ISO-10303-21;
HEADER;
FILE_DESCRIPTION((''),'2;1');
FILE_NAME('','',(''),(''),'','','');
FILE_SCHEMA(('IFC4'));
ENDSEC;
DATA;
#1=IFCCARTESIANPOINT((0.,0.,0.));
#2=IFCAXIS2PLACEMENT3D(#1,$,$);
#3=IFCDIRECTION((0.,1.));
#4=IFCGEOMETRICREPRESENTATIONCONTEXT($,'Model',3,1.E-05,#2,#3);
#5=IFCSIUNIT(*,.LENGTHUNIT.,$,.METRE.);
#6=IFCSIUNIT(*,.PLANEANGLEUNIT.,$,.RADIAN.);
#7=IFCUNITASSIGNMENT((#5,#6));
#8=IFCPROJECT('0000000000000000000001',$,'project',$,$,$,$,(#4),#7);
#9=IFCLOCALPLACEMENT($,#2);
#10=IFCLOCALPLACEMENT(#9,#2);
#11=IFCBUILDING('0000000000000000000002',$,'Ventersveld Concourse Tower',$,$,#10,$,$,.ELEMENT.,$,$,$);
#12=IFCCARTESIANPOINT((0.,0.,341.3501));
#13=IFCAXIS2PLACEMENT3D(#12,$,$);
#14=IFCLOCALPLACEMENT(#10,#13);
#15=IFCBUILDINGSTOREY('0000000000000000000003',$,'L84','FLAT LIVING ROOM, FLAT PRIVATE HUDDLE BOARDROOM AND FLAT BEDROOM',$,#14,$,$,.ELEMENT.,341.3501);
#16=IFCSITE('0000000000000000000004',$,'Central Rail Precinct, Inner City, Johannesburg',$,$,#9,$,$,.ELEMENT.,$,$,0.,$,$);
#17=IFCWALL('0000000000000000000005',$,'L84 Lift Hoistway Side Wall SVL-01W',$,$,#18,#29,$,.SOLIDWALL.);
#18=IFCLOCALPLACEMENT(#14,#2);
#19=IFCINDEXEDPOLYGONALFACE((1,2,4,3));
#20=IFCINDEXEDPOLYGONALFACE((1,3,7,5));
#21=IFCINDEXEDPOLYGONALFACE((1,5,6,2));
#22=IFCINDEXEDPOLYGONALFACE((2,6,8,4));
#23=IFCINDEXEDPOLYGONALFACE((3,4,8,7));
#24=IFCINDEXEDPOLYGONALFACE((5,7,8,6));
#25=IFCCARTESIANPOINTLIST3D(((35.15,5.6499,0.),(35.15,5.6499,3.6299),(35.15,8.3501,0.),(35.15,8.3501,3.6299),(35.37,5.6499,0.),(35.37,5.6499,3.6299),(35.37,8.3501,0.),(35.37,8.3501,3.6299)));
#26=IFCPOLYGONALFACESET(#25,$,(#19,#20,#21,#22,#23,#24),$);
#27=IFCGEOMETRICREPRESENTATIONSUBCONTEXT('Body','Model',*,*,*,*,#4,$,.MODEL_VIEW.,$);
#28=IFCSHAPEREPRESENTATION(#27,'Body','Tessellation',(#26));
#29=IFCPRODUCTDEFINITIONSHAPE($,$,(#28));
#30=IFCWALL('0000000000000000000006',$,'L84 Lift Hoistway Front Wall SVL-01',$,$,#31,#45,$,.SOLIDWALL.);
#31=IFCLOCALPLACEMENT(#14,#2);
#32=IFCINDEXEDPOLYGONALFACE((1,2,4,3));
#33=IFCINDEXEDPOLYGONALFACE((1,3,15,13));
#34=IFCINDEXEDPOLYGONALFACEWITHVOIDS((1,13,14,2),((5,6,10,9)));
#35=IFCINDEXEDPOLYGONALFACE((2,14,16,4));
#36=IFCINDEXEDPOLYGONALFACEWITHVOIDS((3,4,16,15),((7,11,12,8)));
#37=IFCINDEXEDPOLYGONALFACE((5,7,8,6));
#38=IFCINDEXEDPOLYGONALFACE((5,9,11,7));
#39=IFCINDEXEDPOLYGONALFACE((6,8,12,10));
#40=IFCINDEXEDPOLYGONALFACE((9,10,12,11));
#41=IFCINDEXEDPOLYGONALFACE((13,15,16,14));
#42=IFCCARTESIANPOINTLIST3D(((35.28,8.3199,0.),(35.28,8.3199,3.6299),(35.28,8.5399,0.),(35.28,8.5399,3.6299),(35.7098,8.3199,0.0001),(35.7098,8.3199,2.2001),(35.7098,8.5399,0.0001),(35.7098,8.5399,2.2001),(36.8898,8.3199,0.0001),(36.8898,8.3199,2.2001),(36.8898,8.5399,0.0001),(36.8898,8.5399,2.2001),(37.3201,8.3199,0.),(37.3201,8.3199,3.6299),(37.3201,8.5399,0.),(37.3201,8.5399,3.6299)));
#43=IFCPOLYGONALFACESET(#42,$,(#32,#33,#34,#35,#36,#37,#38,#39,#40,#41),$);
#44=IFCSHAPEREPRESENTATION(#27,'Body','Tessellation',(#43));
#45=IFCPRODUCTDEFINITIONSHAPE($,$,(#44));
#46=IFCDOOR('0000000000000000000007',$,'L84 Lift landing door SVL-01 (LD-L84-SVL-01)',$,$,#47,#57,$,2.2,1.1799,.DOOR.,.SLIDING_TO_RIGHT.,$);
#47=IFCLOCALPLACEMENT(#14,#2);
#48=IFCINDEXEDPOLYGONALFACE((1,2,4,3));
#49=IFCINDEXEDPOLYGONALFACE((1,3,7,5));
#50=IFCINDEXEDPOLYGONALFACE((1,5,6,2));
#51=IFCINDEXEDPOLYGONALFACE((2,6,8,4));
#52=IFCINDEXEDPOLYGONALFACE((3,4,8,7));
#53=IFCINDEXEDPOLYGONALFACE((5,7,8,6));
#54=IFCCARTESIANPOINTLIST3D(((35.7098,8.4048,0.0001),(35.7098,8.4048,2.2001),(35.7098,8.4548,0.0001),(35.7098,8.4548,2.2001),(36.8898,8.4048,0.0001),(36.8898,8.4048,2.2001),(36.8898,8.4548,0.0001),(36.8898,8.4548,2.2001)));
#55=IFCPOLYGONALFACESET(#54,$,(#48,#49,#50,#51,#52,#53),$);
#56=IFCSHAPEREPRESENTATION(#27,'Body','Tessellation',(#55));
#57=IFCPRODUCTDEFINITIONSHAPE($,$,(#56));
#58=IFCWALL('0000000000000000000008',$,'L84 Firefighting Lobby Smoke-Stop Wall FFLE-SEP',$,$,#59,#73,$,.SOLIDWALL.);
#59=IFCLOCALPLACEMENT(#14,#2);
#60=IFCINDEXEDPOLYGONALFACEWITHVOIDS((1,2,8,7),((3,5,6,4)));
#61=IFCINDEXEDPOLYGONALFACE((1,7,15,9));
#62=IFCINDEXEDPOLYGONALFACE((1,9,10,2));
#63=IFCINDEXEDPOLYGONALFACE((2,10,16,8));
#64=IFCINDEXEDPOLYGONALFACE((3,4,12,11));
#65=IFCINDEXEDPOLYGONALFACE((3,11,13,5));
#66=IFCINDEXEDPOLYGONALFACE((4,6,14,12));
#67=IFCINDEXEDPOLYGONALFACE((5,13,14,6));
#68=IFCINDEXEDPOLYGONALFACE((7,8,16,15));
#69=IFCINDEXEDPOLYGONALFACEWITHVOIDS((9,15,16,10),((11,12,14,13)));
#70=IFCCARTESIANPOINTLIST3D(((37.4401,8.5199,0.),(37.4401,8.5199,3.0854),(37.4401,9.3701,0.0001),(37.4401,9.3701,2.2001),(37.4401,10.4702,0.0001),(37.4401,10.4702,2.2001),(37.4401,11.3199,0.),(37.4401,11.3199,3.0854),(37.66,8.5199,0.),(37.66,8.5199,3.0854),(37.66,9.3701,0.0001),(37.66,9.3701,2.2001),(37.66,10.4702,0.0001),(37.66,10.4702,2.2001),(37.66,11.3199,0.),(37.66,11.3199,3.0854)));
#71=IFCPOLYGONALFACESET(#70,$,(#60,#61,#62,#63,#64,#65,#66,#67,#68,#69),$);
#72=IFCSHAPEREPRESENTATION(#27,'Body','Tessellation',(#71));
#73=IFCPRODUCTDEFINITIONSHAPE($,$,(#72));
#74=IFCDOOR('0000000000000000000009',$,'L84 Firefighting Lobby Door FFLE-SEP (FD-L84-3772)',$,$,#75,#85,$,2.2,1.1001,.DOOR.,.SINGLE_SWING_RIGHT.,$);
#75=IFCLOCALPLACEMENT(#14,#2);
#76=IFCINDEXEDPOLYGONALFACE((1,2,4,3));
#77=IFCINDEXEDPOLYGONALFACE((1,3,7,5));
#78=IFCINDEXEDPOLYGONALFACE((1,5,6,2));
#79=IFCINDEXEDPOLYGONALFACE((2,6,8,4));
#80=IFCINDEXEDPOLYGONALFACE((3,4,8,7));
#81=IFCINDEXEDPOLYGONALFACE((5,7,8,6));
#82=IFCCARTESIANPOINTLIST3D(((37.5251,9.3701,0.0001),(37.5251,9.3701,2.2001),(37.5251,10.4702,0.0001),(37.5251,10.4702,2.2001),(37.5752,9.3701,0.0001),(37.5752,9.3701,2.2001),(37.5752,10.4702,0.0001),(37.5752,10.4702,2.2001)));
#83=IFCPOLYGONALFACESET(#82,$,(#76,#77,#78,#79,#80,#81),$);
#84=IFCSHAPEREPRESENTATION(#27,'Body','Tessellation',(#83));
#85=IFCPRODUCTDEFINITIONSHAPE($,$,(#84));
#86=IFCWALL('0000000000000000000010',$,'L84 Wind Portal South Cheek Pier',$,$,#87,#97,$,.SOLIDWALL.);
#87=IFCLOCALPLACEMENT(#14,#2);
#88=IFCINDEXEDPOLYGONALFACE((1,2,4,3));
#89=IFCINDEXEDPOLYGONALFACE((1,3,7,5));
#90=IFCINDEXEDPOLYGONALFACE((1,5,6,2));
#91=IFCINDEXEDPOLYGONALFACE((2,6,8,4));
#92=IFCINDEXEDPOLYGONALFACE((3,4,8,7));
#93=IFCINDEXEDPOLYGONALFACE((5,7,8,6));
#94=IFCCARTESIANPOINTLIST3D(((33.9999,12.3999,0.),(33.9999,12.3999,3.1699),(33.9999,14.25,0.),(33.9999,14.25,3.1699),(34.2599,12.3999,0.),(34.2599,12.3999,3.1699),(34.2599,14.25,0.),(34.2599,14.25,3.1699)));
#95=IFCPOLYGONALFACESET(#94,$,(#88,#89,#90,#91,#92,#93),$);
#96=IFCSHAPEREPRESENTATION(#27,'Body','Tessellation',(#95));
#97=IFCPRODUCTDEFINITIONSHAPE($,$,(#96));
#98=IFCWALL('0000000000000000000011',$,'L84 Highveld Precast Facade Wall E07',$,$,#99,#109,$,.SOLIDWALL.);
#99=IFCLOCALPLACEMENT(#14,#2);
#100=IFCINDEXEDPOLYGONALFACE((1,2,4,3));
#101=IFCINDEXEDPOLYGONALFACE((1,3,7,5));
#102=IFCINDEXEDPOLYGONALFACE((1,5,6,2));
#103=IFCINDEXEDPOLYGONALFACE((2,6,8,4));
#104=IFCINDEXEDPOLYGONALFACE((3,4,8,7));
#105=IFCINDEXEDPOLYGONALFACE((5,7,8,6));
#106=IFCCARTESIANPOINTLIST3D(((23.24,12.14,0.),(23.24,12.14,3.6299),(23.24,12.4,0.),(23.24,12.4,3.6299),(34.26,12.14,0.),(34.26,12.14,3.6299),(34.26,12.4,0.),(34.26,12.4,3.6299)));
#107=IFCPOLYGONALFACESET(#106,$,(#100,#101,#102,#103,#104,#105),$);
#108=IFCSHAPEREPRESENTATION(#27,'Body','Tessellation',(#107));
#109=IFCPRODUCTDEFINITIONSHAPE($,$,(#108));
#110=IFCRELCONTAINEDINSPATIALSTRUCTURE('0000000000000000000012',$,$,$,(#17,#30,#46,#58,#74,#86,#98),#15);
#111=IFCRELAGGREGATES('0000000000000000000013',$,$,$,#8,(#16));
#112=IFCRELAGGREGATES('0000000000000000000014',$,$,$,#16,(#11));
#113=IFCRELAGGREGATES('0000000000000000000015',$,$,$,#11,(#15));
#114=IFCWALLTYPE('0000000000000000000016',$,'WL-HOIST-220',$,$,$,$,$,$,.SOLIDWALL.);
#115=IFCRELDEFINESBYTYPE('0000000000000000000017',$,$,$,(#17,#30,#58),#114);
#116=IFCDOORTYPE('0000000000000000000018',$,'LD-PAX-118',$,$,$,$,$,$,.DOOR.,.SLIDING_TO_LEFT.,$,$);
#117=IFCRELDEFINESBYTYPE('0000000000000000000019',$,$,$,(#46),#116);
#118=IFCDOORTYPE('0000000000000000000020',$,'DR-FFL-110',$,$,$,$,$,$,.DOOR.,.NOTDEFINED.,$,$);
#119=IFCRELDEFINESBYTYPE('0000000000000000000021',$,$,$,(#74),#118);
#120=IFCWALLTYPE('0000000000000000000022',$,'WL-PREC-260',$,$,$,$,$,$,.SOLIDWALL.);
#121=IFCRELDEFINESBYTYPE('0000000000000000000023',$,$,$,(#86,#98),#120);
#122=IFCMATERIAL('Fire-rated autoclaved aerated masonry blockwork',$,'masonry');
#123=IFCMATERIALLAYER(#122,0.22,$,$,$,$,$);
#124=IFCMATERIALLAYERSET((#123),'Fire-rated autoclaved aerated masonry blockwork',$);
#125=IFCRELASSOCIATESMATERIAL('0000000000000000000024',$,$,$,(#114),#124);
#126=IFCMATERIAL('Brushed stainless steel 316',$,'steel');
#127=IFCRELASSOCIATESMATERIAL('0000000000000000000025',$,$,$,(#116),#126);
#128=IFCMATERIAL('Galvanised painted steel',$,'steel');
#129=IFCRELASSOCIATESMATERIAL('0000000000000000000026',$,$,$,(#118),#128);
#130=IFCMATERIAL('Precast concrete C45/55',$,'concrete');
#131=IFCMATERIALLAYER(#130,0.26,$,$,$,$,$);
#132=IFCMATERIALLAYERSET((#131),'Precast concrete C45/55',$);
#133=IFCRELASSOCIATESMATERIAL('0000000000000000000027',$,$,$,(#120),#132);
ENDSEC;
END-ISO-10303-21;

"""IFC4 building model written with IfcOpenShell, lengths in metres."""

from ifc_helpers import new_model, si_unit, direction, frame, frame_2d, origin, place, context, subcontext, project, spatial, rectangle, extrude, material, layer, layer_set, type_object, element, fill, save


model = new_model("IFC4")

# Units and contexts
model_context = context("Model", 3, precision=1e-05, world=origin(), true_north=direction((0.0, 1.0)))
body_context = subcontext(model_context, "Body", "Model", "MODEL_VIEW")
ifc_project = project(units=[si_unit("LENGTHUNIT", "METRE"), si_unit("PLANEANGLEUNIT", "RADIAN")], contexts=[model_context])

# Site, building, storey
site_placement = place(None, origin())
site = spatial("IfcSite", under=ifc_project, at=site_placement, Name="Central Rail Precinct, Inner City, Johannesburg", CompositionType="ELEMENT", RefElevation=0.0)
building_placement = place(site_placement, origin())
building = spatial("IfcBuilding", under=site, at=building_placement, Name="Ventersveld Concourse Tower", CompositionType="ELEMENT")
storey_placement = place(building_placement, frame((0.0, 0.0, 341.3501)))
storey = spatial("IfcBuildingStorey", under=building, at=storey_placement, Name="L84", Description="FLAT LIVING ROOM, FLAT PRIVATE HUDDLE BOARDROOM AND FLAT BEDROOM", CompositionType="ELEMENT", Elevation=341.3501)

# Shared definitions
ifc_material_1 = material(Name="Fire-rated autoclaved aerated masonry blockwork", Category="masonry")
ifc_material_2 = material(Name="Galvanised painted steel", Category="steel")

# Wall
ifc_layer_1 = layer(ifc_material_1, 0.22)
ifc_layer_set_1 = layer_set([ifc_layer_1], Name="Fire-rated autoclaved aerated masonry blockwork")
wall_type_1 = type_object("IfcWallType", Name="WL-HOIST-220", PredefinedType="SOLIDWALL", material=ifc_layer_set_1)
wall_1_placement = place(storey_placement, frame((35.26, 5.6499, 0.0), z_axis=(0.0, 0.0, 1.0), x_axis=(0.0, 1.0, 0.0)))
element("IfcWall", 1, at=wall_1_placement, inside=storey, type_object=wall_type_1, Name="L84 Lift Hoistway Side Wall SVL-01W", PredefinedType="SOLIDWALL", context=body_context, shape_type="SweptSolid", body=[
    extrude(rectangle(XDim=2.7002, YDim=0.22, at=frame_2d((1.3501, 0.0))), origin(), (0.0, 0.0, 1.0), 3.6299),
])

# Walls, openings, doors
wall_2_placement = place(storey_placement, frame((35.28, 8.4299, 0.0), z_axis=(0.0, 0.0, 1.0), x_axis=(1.0, 0.0, 0.0)))
wall_2 = element("IfcWall", 2, at=wall_2_placement, inside=storey, type_object=wall_type_1, Name="L84 Lift Hoistway Front Wall SVL-01", PredefinedType="SOLIDWALL", context=body_context, shape_type="SweptSolid", body=[
    extrude(rectangle(XDim=2.04, YDim=0.22, at=frame_2d((1.02, 0.0))), origin(), (0.0, 0.0, 1.0), 3.6299),
])
opening_1_placement = place(wall_2_placement, frame((0.4299, 0.0, 0.0)))
opening_1 = element("IfcOpeningElement", 3, at=opening_1_placement, cuts=wall_2, PredefinedType="OPENING", context=body_context, shape_type="SweptSolid", body=[
    extrude(rectangle(XDim=1.1799, YDim=2.2, at=frame_2d((0.5898, 1.1001))), frame((0.0, 0.1201, 0.0), z_axis=(0.0, -1.0, 0.0), x_axis=(1.0, 0.0, 0.0)), (0.0, 0.0, 1.0), 0.24),
])
ifc_material_3 = material(Name="Brushed stainless steel 316", Category="steel")
door_type_1 = type_object("IfcDoorType", Name="LD-PAX-118", OperationType="SLIDING_TO_LEFT", PredefinedType="DOOR", material=ifc_material_3)
door_1_placement = place(opening_1_placement, origin())
door_1 = element("IfcDoor", 4, at=door_1_placement, inside=storey, type_object=door_type_1, Name="L84 Lift landing door SVL-01 (LD-L84-SVL-01)", OperationType="SLIDING_TO_RIGHT", OverallHeight=2.2, OverallWidth=1.1799, PredefinedType="DOOR", context=body_context, shape_type="SweptSolid", body=[
    extrude(rectangle(XDim=1.1799, YDim=2.2, at=frame_2d((0.5898, 1.1001))), frame((0.0, 0.0249, 0.0), z_axis=(0.0, -1.0, 0.0), x_axis=(1.0, 0.0, 0.0)), (0.0, 0.0, 1.0), 0.05),
])
fill(opening_1, door_1)
wall_3_placement = place(storey_placement, frame((37.55, 8.52, 0.0), z_axis=(0.0, 0.0, 1.0), x_axis=(0.0, 1.0, 0.0)))
wall_3 = element("IfcWall", 5, at=wall_3_placement, inside=storey, type_object=wall_type_1, Name="L84 Firefighting Lobby Smoke-Stop Wall FFLE-SEP", PredefinedType="SOLIDWALL", context=body_context, shape_type="SweptSolid", body=[
    extrude(rectangle(XDim=2.8, YDim=0.22, at=frame_2d((1.3999, 0.0))), origin(), (0.0, 0.0, 1.0), 3.0854),
])
opening_2_placement = place(wall_3_placement, frame((0.8501, 0.0, 0.0)))
opening_2 = element("IfcOpeningElement", 6, at=opening_2_placement, cuts=wall_3, PredefinedType="OPENING", context=body_context, shape_type="SweptSolid", body=[
    extrude(rectangle(XDim=1.1001, YDim=2.2, at=frame_2d((0.55, 1.1001))), frame((0.0, 0.1201, 0.0), z_axis=(0.0, -1.0, 0.0), x_axis=(1.0, 0.0, 0.0)), (0.0, 0.0, 1.0), 0.24),
])
door_type_2 = type_object("IfcDoorType", Name="DR-FFL-110", OperationType="NOTDEFINED", PredefinedType="DOOR", material=ifc_material_2)
door_2_placement = place(opening_2_placement, origin())
door_2 = element("IfcDoor", 7, at=door_2_placement, inside=storey, type_object=door_type_2, Name="L84 Firefighting Lobby Door FFLE-SEP (FD-L84-3772)", OperationType="SINGLE_SWING_RIGHT", OverallHeight=2.2, OverallWidth=1.1001, PredefinedType="DOOR", context=body_context, shape_type="SweptSolid", body=[
    extrude(rectangle(XDim=1.1001, YDim=2.2, at=frame_2d((0.55, 1.1001))), frame((0.0, 0.0249, 0.0), z_axis=(0.0, -1.0, 0.0), x_axis=(1.0, 0.0, 0.0)), (0.0, 0.0, 1.0), 0.05),
])
fill(opening_2, door_2)

# Walls
ifc_material_4 = material(Name="Precast concrete C45/55", Category="concrete")
ifc_layer_2 = layer(ifc_material_4, 0.26)
ifc_layer_set_2 = layer_set([ifc_layer_2], Name="Precast concrete C45/55")
wall_type_2 = type_object("IfcWallType", Name="WL-PREC-260", PredefinedType="SOLIDWALL", material=ifc_layer_set_2)
wall_4_placement = place(storey_placement, frame((34.1299, 12.3999, 0.0), z_axis=(0.0, 0.0, 1.0), x_axis=(0.0, 1.0, 0.0)))
element("IfcWall", 8, at=wall_4_placement, inside=storey, type_object=wall_type_2, Name="L84 Wind Portal South Cheek Pier", PredefinedType="SOLIDWALL", context=body_context, shape_type="SweptSolid", body=[
    extrude(rectangle(XDim=1.8501, YDim=0.26, at=frame_2d((0.925, 0.0))), origin(), (0.0, 0.0, 1.0), 3.1699),
])
wall_5_placement = place(storey_placement, frame((34.26, 12.27, 0.0), z_axis=(0.0, 0.0, 1.0), x_axis=(-1.0, 0.0, 0.0)))
element("IfcWall", 9, at=wall_5_placement, inside=storey, type_object=wall_type_2, Name="L84 Highveld Precast Facade Wall E07", PredefinedType="SOLIDWALL", context=body_context, shape_type="SweptSolid", body=[
    extrude(rectangle(XDim=11.02, YDim=0.26, at=frame_2d((5.51, 0.0))), origin(), (0.0, 0.0, 1.0), 3.6299),
])

save(model, "model.ifc")
